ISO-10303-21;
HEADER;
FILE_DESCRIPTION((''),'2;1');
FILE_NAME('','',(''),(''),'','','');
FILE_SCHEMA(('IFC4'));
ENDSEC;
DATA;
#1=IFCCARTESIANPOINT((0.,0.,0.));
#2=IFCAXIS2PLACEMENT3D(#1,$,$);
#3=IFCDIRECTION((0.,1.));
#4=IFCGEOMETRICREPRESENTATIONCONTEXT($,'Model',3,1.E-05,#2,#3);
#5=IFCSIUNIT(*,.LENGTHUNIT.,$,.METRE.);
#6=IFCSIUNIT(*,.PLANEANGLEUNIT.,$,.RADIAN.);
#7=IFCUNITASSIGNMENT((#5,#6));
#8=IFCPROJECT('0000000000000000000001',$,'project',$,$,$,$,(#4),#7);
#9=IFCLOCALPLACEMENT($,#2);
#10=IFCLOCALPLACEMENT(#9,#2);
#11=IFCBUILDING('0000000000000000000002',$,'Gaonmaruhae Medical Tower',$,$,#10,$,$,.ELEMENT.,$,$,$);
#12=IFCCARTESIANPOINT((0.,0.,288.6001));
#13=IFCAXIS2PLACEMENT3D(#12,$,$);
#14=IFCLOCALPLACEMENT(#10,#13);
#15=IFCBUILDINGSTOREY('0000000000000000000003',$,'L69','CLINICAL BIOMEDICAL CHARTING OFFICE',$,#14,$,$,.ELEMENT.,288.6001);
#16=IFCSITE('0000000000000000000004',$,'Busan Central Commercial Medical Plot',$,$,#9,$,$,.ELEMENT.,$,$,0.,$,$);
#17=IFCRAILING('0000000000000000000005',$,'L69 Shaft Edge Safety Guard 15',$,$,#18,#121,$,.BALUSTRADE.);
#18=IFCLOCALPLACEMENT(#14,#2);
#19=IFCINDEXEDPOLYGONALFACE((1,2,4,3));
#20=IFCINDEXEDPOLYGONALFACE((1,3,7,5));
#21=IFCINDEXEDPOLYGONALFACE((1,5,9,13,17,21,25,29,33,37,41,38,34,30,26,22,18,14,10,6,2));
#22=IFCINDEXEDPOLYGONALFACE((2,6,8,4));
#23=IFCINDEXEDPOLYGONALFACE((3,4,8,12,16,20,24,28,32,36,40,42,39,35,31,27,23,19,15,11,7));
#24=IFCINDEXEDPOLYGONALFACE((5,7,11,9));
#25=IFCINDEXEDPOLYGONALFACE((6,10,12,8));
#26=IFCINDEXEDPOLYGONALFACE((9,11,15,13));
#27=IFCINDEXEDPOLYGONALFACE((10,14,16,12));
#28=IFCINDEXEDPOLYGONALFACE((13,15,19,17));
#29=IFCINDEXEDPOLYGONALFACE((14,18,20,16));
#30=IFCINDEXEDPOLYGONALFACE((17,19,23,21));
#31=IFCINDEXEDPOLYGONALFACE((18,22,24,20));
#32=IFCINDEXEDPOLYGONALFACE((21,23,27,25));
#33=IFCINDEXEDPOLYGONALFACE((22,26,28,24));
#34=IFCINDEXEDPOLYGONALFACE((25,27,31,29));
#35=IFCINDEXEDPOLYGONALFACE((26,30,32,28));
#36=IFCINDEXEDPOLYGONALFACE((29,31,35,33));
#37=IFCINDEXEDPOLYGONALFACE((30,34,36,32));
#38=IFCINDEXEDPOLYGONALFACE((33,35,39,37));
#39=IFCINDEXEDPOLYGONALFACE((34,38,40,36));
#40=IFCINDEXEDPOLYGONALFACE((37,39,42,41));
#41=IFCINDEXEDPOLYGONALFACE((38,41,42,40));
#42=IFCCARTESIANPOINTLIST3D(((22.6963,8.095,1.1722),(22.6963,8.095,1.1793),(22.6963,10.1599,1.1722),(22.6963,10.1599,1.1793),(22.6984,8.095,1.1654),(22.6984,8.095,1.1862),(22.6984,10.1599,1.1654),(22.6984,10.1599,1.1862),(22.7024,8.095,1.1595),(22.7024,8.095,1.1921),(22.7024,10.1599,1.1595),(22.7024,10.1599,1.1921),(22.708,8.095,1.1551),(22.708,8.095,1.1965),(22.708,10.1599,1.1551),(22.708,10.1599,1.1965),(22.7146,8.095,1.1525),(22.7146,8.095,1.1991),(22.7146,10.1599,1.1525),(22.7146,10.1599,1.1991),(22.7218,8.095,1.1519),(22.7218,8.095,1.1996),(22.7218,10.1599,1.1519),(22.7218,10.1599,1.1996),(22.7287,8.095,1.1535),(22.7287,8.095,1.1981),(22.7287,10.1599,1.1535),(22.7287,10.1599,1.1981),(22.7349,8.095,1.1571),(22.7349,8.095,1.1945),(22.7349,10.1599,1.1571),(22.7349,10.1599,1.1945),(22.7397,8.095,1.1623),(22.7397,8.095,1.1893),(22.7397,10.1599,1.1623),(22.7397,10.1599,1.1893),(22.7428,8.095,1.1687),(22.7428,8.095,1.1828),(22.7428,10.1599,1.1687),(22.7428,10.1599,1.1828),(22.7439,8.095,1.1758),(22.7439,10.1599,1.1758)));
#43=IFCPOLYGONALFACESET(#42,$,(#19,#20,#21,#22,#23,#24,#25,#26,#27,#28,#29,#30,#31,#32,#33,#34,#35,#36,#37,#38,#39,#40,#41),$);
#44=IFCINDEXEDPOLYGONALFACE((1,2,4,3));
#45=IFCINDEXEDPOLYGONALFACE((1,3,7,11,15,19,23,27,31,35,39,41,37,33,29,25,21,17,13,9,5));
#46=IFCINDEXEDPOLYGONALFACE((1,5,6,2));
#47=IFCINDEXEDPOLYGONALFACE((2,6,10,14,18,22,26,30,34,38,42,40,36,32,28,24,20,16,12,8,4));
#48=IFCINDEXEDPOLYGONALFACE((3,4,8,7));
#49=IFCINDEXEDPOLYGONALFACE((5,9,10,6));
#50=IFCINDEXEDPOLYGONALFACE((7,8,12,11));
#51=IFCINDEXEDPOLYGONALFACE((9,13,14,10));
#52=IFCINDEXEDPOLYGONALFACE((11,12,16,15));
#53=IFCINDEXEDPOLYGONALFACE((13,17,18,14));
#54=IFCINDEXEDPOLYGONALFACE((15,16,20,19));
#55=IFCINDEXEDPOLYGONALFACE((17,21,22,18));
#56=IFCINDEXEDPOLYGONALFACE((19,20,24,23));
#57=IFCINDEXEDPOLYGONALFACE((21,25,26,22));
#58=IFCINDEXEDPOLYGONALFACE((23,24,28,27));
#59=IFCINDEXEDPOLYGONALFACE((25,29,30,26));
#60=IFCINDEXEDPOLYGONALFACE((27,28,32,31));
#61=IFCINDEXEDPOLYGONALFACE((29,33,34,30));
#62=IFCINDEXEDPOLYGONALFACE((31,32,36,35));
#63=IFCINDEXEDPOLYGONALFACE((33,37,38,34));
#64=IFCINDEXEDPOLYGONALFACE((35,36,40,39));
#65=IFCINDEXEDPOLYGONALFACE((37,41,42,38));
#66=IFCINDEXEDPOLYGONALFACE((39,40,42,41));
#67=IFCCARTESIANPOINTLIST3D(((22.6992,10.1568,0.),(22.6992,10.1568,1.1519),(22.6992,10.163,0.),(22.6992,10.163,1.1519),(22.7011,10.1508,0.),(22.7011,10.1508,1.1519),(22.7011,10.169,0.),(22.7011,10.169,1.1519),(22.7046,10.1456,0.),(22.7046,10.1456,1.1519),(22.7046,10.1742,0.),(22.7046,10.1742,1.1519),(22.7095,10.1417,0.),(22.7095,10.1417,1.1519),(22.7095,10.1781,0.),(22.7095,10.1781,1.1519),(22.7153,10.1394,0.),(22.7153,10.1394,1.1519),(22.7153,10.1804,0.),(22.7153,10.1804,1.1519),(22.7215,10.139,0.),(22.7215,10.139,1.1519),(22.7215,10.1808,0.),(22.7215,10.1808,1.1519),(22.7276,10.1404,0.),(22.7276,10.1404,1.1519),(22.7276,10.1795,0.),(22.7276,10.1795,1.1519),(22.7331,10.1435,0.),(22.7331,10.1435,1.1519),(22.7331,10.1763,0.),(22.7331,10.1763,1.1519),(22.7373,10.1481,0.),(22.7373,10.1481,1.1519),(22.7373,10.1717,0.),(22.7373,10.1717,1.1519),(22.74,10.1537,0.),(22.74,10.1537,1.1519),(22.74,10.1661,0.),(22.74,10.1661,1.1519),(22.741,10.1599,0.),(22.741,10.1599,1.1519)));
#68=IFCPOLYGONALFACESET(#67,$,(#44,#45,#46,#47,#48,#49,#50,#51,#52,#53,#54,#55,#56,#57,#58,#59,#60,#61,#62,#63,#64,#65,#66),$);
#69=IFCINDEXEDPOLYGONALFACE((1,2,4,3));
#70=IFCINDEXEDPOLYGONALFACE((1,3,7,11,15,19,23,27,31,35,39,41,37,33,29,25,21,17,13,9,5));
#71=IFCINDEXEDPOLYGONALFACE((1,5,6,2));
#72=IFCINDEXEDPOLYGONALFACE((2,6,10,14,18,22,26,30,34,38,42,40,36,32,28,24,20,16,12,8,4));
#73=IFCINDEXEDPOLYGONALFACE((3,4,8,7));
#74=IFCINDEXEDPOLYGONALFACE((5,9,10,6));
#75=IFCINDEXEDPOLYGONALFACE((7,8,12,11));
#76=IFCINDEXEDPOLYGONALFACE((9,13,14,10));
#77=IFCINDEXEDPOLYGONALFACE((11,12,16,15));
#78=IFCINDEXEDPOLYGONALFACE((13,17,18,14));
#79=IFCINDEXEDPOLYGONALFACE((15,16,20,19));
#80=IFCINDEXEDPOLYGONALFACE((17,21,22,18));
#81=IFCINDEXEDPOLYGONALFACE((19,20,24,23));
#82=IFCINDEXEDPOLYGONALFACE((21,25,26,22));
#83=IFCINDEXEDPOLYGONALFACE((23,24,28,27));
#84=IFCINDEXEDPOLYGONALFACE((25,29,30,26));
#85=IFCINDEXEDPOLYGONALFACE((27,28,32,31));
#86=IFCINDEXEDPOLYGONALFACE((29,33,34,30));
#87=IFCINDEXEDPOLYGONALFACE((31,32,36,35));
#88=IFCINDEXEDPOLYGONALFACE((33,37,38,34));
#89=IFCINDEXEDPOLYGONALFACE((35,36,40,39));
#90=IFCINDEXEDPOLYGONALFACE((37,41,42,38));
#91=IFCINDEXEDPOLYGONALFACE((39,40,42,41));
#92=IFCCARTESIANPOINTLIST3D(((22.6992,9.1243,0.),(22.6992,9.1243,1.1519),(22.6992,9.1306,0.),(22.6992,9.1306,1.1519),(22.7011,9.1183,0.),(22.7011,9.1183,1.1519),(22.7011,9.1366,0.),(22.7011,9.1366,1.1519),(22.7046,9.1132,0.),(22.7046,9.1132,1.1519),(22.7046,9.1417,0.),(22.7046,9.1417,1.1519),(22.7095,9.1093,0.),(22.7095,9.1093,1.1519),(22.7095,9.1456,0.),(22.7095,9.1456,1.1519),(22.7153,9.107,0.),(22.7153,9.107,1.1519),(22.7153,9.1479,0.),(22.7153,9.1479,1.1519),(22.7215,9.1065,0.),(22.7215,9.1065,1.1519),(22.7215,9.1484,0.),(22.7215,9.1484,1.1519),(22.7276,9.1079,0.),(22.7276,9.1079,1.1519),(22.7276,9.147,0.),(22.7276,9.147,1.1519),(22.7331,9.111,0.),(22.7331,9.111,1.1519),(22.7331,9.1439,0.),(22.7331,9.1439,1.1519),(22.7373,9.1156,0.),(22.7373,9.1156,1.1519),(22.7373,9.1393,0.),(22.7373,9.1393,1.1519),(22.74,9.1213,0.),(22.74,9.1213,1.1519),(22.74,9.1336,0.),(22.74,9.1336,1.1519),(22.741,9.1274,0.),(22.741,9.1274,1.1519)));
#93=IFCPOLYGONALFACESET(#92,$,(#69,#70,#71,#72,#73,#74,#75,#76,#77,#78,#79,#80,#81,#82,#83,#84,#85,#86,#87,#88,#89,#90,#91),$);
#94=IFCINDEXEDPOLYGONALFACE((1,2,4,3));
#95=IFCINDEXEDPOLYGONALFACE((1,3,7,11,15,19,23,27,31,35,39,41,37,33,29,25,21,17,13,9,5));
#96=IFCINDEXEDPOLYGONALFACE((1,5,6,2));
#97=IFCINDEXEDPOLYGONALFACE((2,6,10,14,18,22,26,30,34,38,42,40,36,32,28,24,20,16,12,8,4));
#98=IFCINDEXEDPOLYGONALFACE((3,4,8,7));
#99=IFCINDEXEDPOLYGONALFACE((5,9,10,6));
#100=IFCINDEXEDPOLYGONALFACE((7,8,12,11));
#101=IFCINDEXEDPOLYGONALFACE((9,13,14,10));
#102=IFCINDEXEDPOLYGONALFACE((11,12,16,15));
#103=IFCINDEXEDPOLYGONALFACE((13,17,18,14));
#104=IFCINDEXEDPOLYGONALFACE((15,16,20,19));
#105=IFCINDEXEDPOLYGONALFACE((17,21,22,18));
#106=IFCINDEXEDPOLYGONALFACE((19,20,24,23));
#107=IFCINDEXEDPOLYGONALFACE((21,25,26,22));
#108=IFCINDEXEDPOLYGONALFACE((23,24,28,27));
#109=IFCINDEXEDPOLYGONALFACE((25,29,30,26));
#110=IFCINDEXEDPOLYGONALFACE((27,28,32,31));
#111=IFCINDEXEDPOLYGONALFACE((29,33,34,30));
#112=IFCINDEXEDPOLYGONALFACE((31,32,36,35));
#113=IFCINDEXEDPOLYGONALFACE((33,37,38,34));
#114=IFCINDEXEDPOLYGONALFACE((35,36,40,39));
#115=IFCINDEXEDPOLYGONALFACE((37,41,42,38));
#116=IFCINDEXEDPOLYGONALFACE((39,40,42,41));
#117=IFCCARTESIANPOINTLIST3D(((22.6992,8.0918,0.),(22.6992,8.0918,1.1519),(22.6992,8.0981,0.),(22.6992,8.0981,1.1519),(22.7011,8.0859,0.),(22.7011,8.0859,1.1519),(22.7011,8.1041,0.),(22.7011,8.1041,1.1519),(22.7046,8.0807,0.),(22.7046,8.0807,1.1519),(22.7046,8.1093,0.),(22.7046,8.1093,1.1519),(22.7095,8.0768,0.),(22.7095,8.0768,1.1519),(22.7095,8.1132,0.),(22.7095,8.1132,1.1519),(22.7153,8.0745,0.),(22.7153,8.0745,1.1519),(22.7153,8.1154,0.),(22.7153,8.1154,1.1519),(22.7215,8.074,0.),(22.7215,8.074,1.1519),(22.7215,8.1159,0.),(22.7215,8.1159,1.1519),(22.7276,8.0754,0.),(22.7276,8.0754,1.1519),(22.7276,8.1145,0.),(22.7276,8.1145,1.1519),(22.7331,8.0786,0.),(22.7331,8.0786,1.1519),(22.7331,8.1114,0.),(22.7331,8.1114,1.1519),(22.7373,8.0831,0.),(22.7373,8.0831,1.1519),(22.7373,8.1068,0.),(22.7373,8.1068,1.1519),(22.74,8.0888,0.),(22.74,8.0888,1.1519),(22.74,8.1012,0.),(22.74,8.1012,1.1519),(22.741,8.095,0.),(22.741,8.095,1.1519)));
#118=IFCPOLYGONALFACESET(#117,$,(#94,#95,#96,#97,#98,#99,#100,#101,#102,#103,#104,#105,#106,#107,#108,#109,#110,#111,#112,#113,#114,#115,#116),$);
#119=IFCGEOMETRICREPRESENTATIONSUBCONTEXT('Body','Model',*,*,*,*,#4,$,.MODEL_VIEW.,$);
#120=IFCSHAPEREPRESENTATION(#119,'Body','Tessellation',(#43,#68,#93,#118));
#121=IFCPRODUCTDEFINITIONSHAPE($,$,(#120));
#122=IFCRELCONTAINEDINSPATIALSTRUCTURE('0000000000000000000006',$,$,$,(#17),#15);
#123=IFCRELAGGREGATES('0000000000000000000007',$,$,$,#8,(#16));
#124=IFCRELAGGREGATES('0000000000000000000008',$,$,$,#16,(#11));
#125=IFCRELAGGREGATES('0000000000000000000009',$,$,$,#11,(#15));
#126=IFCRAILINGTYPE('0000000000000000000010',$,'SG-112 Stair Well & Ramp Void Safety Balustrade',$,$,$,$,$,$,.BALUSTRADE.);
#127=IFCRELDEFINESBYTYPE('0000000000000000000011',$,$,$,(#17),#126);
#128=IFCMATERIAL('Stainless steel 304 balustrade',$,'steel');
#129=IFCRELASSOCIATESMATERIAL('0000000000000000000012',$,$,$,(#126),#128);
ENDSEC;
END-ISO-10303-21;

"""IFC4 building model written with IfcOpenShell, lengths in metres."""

from ifc_helpers import new_model, si_unit, direction, frame, origin, origin_2d, place, context, subcontext, project, spatial, circle, extrude, material, type_object, element, save


model = new_model("IFC4")

# Units and contexts
model_context = context("Model", 3, precision=1e-05, world=origin(), true_north=direction((0.0, 1.0)))
body_context = subcontext(model_context, "Body", "Model", "MODEL_VIEW")
ifc_project = project(units=[si_unit("LENGTHUNIT", "METRE"), si_unit("PLANEANGLEUNIT", "RADIAN")], contexts=[model_context])

# Site, building, storey
site_placement = place(None, origin())
site = spatial("IfcSite", under=ifc_project, at=site_placement, Name="Busan Central Commercial Medical Plot", CompositionType="ELEMENT", RefElevation=0.0)
building_placement = place(site_placement, origin())
building = spatial("IfcBuilding", under=site, at=building_placement, Name="Gaonmaruhae Medical Tower", CompositionType="ELEMENT")
storey_placement = place(building_placement, frame((0.0, 0.0, 288.6001)))
storey = spatial("IfcBuildingStorey", under=building, at=storey_placement, Name="L69", Description="CLINICAL BIOMEDICAL CHARTING OFFICE", CompositionType="ELEMENT", Elevation=288.6001)

# Railing
ifc_material_1 = material(Name="Stainless steel 304 balustrade", Category="steel")
railing_type_1 = type_object("IfcRailingType", Name="SG-112 Stair Well & Ramp Void Safety Balustrade", PredefinedType="BALUSTRADE", material=ifc_material_1)
railing_1_placement = place(storey_placement, frame((22.72, 10.1599, 0.0)))
element("IfcRailing", 1, at=railing_1_placement, inside=storey, type_object=railing_type_1, Name="L69 Shaft Edge Safety Guard 15", PredefinedType="BALUSTRADE", context=body_context, shape_type="SweptSolid", body=[
    extrude(circle(Radius=0.0239, at=origin_2d()), frame((0.0, 0.0, 1.1758), z_axis=(0.0, -1.0, 0.0), x_axis=(1.0, 0.0, 0.0)), (0.0, 0.0, 1.0), 2.0649),
    extrude(circle(Radius=0.021, at=origin_2d()), origin(), (0.0, 0.0, 1.0), 1.1519),
    extrude(circle(Radius=0.021, at=origin_2d()), frame((0.0, -1.0325, 0.0)), (0.0, 0.0, 1.0), 1.1519),
    extrude(circle(Radius=0.021, at=origin_2d()), frame((0.0, -2.0649, 0.0)), (0.0, 0.0, 1.0), 1.1519),
])

save(model, "model.ifc")
